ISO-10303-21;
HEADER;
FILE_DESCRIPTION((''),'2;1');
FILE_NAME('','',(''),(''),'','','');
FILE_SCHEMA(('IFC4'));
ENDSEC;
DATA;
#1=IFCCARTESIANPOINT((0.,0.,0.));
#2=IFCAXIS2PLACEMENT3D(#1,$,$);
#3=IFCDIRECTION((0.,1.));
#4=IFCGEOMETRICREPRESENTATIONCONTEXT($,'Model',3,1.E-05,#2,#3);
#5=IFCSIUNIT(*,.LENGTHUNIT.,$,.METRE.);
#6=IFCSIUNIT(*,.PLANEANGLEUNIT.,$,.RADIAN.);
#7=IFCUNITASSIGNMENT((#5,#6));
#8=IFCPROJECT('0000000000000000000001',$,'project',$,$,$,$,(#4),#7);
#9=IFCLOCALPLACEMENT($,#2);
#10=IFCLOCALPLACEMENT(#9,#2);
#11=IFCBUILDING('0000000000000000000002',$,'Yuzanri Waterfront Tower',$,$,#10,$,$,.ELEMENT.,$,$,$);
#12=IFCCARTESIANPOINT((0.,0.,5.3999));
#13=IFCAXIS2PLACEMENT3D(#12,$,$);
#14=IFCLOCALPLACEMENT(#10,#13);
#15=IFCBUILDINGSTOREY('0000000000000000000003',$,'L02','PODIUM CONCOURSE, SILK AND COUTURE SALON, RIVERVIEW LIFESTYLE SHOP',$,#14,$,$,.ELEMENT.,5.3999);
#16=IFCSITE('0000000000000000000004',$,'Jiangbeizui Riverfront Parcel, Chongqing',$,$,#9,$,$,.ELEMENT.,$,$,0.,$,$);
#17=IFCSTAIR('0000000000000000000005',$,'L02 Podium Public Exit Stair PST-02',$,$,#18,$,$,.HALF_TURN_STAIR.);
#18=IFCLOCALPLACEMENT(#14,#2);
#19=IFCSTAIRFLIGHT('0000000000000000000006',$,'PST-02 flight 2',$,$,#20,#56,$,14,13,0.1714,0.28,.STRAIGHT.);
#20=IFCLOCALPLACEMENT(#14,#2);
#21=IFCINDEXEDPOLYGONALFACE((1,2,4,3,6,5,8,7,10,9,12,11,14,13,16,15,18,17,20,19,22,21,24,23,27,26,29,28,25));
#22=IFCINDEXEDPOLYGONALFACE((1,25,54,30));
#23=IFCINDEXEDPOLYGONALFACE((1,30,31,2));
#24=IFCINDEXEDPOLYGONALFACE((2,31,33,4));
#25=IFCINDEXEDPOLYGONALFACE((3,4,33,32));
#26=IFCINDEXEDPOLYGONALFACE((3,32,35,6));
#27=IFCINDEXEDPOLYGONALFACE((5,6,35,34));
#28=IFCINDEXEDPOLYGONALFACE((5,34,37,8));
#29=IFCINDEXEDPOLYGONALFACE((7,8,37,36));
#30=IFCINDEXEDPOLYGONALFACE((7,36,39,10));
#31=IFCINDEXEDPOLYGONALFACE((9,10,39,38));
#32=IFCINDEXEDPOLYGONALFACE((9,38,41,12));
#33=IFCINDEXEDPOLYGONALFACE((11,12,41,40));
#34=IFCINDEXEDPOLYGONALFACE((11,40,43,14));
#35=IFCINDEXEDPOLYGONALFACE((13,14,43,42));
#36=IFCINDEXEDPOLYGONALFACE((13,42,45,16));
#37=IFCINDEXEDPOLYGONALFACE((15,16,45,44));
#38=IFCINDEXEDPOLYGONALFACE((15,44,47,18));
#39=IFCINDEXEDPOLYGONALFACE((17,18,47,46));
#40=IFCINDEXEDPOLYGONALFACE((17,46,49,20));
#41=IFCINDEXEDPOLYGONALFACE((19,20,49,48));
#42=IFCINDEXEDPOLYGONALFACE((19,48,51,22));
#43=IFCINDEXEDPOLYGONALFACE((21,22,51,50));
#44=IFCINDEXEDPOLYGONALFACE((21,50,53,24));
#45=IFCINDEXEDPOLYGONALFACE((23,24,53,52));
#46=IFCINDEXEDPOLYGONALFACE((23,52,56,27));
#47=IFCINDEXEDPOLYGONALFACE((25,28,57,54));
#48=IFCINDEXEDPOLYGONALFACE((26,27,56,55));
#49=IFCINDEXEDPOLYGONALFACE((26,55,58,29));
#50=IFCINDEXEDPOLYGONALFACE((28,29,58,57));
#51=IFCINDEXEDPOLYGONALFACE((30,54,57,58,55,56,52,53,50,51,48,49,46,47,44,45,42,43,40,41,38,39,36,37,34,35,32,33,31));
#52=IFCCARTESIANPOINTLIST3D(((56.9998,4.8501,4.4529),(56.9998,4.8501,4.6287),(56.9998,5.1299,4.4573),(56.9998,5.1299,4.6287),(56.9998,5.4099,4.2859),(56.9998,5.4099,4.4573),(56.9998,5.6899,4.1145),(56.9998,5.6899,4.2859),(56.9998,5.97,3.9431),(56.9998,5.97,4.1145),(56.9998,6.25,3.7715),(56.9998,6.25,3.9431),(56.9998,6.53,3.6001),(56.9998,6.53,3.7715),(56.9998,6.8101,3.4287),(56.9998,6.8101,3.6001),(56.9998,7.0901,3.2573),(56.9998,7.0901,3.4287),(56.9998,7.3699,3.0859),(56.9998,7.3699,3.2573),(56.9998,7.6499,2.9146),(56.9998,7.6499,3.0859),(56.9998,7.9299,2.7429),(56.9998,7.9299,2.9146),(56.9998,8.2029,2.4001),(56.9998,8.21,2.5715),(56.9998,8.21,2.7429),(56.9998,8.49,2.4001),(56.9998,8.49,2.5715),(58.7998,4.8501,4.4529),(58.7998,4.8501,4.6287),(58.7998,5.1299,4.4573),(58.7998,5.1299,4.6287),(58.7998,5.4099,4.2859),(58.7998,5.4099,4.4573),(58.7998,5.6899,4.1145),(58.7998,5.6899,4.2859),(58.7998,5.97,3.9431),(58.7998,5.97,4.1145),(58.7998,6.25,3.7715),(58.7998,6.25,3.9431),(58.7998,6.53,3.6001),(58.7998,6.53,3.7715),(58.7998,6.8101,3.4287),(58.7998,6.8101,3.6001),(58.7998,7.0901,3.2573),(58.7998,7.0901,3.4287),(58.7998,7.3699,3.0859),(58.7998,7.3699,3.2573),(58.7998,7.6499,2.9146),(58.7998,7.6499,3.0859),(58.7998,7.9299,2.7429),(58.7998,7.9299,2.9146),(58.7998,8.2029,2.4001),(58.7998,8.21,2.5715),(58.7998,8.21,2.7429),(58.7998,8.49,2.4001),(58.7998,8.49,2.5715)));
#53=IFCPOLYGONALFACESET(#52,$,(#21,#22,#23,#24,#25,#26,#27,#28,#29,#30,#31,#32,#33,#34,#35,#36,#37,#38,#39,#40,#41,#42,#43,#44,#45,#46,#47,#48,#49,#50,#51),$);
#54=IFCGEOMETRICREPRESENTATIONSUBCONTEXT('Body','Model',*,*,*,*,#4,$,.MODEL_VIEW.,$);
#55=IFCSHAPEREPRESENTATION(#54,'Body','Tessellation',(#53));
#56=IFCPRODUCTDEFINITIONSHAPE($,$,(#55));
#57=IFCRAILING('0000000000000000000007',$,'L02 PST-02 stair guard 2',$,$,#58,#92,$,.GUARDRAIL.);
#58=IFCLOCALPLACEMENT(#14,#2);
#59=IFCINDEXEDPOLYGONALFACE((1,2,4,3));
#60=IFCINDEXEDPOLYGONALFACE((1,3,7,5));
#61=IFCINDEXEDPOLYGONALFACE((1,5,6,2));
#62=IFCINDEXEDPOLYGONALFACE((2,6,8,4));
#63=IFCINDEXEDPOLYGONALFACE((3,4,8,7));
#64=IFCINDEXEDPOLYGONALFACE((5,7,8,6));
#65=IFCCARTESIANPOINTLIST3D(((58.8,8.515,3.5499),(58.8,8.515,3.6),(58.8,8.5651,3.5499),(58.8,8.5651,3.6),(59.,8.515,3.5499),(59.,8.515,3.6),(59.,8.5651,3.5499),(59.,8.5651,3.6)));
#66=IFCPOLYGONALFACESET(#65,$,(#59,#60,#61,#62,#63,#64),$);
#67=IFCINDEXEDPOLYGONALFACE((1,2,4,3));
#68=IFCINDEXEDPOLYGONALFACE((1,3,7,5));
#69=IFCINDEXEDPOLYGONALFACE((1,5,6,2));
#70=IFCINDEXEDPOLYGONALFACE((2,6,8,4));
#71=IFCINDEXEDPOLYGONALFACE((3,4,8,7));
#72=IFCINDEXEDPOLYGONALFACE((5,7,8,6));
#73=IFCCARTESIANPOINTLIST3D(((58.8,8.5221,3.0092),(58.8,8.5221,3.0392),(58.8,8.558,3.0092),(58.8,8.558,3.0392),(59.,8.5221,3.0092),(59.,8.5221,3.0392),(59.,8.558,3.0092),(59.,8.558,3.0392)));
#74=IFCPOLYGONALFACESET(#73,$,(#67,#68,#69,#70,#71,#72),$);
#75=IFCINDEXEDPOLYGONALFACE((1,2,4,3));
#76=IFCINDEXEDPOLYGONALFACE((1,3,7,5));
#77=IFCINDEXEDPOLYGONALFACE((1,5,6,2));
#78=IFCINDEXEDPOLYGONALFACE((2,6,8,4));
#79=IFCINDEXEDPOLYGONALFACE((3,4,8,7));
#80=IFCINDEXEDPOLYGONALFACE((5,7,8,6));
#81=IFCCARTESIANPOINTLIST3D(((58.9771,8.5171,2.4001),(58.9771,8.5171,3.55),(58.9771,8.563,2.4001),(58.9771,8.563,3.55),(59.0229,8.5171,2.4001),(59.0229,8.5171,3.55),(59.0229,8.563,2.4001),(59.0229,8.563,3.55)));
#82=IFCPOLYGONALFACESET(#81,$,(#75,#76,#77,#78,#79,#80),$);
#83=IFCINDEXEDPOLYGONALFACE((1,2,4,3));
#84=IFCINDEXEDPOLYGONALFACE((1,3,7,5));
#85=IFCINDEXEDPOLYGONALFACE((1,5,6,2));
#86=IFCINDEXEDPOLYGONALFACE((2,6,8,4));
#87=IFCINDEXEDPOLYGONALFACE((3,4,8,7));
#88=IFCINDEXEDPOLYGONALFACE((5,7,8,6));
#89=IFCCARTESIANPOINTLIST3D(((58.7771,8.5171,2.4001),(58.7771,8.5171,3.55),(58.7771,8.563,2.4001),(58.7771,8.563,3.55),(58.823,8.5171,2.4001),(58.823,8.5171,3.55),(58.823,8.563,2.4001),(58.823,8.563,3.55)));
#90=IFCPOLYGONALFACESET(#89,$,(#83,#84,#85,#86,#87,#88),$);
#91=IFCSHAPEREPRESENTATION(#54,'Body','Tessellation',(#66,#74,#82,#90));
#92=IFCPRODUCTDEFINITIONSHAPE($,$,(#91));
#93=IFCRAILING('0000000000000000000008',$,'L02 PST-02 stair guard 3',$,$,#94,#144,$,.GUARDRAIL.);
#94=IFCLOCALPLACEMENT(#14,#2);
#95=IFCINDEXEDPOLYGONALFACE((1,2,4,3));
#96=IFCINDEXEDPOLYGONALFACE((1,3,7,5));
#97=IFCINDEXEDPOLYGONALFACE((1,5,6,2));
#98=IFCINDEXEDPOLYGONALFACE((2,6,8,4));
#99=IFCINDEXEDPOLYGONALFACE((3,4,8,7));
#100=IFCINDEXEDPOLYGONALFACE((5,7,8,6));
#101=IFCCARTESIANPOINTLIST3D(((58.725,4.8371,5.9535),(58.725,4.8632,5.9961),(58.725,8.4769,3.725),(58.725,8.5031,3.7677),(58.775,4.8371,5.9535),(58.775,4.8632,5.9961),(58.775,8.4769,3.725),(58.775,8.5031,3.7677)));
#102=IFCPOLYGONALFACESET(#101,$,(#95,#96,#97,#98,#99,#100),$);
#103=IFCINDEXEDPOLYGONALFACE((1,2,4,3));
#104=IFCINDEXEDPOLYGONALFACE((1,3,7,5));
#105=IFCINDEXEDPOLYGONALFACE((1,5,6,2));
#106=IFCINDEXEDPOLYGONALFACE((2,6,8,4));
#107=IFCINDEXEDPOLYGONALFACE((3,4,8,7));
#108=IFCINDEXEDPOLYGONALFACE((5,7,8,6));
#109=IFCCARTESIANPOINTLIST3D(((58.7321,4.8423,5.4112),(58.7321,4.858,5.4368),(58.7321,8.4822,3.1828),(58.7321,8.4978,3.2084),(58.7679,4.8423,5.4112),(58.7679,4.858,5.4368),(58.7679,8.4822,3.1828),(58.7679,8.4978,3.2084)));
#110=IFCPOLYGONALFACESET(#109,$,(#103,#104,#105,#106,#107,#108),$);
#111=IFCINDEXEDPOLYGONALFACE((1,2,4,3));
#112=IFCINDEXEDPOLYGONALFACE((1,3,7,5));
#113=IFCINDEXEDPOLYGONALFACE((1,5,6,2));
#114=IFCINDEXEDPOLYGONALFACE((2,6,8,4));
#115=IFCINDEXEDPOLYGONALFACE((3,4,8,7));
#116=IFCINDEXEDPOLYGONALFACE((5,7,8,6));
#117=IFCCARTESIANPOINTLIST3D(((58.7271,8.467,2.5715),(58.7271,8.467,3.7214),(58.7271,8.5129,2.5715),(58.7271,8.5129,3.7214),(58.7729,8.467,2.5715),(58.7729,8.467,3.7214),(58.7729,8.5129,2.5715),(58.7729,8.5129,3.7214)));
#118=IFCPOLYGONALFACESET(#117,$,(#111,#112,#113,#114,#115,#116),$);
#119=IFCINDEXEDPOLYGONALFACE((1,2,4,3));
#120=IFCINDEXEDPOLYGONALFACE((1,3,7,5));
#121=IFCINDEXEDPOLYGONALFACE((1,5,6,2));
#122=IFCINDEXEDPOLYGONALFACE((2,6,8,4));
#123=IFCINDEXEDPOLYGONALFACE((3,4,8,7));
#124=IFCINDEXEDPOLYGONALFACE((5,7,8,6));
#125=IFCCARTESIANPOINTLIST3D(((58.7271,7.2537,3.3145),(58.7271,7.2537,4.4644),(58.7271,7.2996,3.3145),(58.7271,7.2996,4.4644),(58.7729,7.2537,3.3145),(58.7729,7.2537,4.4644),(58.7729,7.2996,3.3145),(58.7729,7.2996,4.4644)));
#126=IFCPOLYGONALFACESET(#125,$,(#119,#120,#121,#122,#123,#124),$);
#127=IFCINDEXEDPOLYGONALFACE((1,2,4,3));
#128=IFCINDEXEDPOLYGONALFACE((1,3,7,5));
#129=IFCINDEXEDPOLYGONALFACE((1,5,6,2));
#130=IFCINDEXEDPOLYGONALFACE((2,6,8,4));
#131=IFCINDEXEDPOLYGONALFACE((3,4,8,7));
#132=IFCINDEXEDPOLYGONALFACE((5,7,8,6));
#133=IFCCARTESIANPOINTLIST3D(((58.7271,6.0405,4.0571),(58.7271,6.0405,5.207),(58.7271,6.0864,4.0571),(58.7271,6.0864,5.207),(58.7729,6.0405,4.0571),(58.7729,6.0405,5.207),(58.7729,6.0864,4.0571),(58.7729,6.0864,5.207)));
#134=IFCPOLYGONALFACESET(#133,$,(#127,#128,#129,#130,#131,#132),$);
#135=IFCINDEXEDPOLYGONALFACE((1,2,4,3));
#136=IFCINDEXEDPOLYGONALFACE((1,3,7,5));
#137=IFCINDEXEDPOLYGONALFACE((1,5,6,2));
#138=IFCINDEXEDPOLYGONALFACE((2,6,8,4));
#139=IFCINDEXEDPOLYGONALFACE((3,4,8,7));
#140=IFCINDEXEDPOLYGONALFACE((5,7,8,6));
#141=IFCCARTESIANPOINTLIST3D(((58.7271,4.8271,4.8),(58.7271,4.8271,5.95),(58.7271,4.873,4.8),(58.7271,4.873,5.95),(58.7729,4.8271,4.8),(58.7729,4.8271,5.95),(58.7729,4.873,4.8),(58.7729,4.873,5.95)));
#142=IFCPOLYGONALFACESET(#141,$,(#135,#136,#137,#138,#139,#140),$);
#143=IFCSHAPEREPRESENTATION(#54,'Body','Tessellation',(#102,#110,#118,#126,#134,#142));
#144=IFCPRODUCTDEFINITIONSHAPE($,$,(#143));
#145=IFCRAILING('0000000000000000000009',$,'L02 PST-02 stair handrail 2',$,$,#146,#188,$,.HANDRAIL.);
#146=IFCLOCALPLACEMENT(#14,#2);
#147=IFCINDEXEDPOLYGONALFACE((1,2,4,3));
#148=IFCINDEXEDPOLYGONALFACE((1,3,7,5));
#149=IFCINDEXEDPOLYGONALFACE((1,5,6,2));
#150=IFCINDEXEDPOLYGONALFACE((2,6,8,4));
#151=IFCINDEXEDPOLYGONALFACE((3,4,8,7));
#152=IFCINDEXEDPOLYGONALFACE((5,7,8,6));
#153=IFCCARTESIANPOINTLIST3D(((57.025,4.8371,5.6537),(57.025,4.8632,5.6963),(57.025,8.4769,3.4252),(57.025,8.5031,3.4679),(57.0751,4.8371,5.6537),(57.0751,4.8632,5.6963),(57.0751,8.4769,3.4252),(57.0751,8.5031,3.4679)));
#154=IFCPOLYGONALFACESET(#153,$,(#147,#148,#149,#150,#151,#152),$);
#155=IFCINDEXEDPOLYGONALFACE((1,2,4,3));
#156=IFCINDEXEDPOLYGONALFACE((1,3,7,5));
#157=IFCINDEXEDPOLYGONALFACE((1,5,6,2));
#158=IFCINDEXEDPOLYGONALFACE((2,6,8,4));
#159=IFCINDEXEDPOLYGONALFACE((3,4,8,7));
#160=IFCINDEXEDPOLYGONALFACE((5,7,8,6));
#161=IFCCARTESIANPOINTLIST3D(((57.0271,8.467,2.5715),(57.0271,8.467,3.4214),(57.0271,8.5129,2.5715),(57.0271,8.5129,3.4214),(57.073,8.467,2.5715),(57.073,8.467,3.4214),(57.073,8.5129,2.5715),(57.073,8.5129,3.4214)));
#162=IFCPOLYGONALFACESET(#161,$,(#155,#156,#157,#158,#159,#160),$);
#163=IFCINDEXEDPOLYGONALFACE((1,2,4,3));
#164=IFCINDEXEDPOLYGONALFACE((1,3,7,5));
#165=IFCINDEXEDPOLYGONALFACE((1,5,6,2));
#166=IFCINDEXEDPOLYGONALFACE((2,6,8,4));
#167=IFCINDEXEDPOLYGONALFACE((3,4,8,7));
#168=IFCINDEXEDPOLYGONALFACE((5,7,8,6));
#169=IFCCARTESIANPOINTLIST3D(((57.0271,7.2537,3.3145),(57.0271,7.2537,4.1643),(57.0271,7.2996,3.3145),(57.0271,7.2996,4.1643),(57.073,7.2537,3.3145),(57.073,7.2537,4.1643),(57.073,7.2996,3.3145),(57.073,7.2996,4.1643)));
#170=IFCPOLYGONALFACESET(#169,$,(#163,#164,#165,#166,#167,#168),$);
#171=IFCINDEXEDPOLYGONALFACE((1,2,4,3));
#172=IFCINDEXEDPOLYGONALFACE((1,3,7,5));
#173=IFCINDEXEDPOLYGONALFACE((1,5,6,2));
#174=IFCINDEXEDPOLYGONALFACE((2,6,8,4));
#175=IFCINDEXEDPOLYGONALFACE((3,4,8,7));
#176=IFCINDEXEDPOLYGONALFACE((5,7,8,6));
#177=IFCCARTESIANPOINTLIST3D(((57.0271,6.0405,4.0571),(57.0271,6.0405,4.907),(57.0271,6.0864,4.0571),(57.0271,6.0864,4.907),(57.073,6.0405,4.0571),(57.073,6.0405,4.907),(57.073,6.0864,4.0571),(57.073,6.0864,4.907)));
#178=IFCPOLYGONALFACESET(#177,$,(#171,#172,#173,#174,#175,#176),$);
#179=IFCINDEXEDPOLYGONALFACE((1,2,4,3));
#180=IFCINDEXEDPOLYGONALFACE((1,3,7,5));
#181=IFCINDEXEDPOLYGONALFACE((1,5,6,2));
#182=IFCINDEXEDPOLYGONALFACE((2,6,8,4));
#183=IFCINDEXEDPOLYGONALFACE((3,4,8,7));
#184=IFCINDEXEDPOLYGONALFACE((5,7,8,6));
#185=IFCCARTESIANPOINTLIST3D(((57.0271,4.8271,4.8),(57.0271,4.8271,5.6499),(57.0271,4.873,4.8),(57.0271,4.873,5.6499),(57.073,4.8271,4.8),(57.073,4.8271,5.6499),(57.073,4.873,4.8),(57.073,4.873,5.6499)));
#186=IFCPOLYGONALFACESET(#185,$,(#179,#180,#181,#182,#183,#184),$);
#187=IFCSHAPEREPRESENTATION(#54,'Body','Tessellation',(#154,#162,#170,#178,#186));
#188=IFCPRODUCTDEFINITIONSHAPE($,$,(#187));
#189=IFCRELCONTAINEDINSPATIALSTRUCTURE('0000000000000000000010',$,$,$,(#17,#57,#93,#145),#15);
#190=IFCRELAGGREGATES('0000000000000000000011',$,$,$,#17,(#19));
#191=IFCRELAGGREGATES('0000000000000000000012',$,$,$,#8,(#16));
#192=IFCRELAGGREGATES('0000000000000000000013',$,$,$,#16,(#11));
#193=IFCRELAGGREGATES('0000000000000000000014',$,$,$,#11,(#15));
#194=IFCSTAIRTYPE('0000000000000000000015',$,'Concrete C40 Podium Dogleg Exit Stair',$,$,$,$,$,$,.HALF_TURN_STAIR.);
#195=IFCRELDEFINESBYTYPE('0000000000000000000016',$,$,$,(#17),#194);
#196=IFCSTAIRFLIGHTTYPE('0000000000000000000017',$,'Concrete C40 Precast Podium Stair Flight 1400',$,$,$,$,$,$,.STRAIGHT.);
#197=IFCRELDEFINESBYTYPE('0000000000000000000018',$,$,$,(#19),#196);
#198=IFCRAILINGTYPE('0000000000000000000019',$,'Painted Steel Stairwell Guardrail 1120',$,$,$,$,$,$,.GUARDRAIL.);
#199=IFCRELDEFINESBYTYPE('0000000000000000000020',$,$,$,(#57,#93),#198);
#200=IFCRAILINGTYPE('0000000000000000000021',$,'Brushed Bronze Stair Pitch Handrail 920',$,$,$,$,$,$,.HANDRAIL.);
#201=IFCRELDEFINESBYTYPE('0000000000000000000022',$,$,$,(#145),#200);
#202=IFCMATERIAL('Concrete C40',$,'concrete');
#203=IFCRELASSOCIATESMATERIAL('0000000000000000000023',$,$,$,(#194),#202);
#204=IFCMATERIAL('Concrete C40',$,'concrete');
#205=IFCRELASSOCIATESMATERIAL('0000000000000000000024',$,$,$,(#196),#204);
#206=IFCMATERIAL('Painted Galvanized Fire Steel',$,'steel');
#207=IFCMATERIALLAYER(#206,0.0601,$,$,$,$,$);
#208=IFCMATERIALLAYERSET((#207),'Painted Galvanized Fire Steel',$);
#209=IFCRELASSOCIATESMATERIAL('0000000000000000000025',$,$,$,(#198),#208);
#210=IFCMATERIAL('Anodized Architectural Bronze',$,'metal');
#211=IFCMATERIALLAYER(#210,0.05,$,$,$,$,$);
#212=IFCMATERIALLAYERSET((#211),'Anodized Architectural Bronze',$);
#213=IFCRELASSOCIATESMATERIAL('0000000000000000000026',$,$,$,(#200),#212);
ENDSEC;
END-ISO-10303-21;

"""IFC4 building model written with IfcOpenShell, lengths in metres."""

from ifc_helpers import new_model, si_unit, direction, frame, origin, origin_2d, place, context, subcontext, project, spatial, polyline, rectangle, outline, extrude, source, transform, mapped, material, layer, layer_set, type_object, element, aggregate, save


model = new_model("IFC4")

# Units and contexts
model_context = context("Model", 3, precision=1e-05, world=origin(), true_north=direction((0.0, 1.0)))
body_context = subcontext(model_context, "Body", "Model", "MODEL_VIEW")
ifc_project = project(units=[si_unit("LENGTHUNIT", "METRE"), si_unit("PLANEANGLEUNIT", "RADIAN")], contexts=[model_context])

# Site, building, storey
site_placement = place(None, origin())
site = spatial("IfcSite", under=ifc_project, at=site_placement, Name="Jiangbeizui Riverfront Parcel, Chongqing", CompositionType="ELEMENT", RefElevation=0.0)
building_placement = place(site_placement, origin())
building = spatial("IfcBuilding", under=site, at=building_placement, Name="Yuzanri Waterfront Tower", CompositionType="ELEMENT")
storey_placement = place(building_placement, frame((0.0, 0.0, 5.3999)))
storey = spatial("IfcBuildingStorey", under=building, at=storey_placement, Name="L02", Description="PODIUM CONCOURSE, SILK AND COUTURE SALON, RIVERVIEW LIFESTYLE SHOP", CompositionType="ELEMENT", Elevation=5.3999)

# Stair, stair flight
ifc_material_1 = material(Name="Concrete C40", Category="concrete")
stair_type = type_object("IfcStairType", Name="Concrete C40 Podium Dogleg Exit Stair", PredefinedType="HALF_TURN_STAIR", material=ifc_material_1)
stair_placement = place(storey_placement, origin())
stair = element("IfcStair", 1, at=stair_placement, inside=storey, type_object=stair_type, Name="L02 Podium Public Exit Stair PST-02", PredefinedType="HALF_TURN_STAIR")
ifc_material_2 = material(Name="Concrete C40", Category="concrete")
stair_flight_type = type_object("IfcStairFlightType", Name="Concrete C40 Precast Podium Stair Flight 1400", PredefinedType="STRAIGHT", material=ifc_material_2)
shared_shape_1 = source(origin(), body_context, "Body", "SweptSolid", [
    extrude(outline(polyline([(0.0, 0.0), (0.0, 0.1714), (0.28, 0.1714), (0.28, 0.3428), (0.5601, 0.3428), (0.5601, 0.5144), (0.8401, 0.5144), (0.8401, 0.6858), (1.1201, 0.6858), (1.1201, 0.8572), (1.3999, 0.8572), (1.3999, 1.0286), (1.6799, 1.0286), (1.6799, 1.2), (1.96, 1.2), (1.96, 1.3713), (2.24, 1.3713), (2.24, 1.543), (2.52, 1.543), (2.52, 1.7144), (2.8, 1.7144), (2.8, 1.8857), (3.0801, 1.8857), (3.0801, 2.0571), (3.3601, 2.0571), (3.3601, 2.2285), (3.6399, 2.2285), (3.6399, 2.3999), (3.6399, 2.0527), (0.2871, 0.0), (0.0, 0.0)])), frame((0.0, 0.8999, 0.0), z_axis=(0.0, -1.0, 0.0), x_axis=(1.0, 0.0, 0.0)), (0.0, 0.0, 1.0), 1.8),
])
stair_flight_placement = place(storey_placement, frame((57.8999, 8.49, 2.4001), z_axis=(0.0, 0.0, 1.0), x_axis=(0.0, -1.0, 0.0)))
stair_flight = element("IfcStairFlight", 2, at=stair_flight_placement, type_object=stair_flight_type, Name="PST-02 flight 2", NumberOfRisers=14, NumberOfTreads=13, PredefinedType="STRAIGHT", RiserHeight=0.1714, TreadLength=0.28, context=body_context, shape_type="MappedRepresentation", body=[
    mapped(shared_shape_1, transform((0.0, 0.0, 0.0), scale=1.0)),
])
aggregate(stair, [stair_flight])

# Railings
ifc_material_3 = material(Name="Painted Galvanized Fire Steel", Category="steel")
ifc_layer_1 = layer(ifc_material_3, 0.0601)
ifc_layer_set_1 = layer_set([ifc_layer_1], Name="Painted Galvanized Fire Steel")
railing_type_1 = type_object("IfcRailingType", Name="Painted Steel Stairwell Guardrail 1120", PredefinedType="GUARDRAIL", material=ifc_layer_set_1)
shared_shape_2 = source(origin(), body_context, "Body", "SweptSolid", [
    extrude(rectangle(XDim=0.05, YDim=0.05, at=origin_2d()), frame((0.0, 0.0, 1.1748), z_axis=(-1.0, 0.0, 0.0), x_axis=(0.0, -1.0, 0.0)), (0.0, 0.0, 1.0), 0.2),
    extrude(rectangle(XDim=0.0359, YDim=0.03, at=origin_2d()), frame((0.0, 0.0, 0.624), z_axis=(-1.0, 0.0, 0.0), x_axis=(0.0, -1.0, 0.0)), (0.0, 0.0, 1.0), 0.2),
    extrude(rectangle(XDim=0.0459, YDim=0.0459, at=origin_2d()), origin(), (0.0, 0.0, 1.0), 1.1499),
    extrude(rectangle(XDim=0.0459, YDim=0.0459, at=origin_2d()), frame((-0.2, 0.0, 0.0)), (0.0, 0.0, 1.0), 1.1499),
])
railing_1_placement = place(storey_placement, frame((59.0, 8.54, 2.4001)))
element("IfcRailing", 3, at=railing_1_placement, inside=storey, type_object=railing_type_1, Name="L02 PST-02 stair guard 2", PredefinedType="GUARDRAIL", context=body_context, shape_type="MappedRepresentation", body=[
    mapped(shared_shape_2, transform((0.0, 0.0, 0.0), scale=1.0)),
])
shared_shape_3 = source(origin(), body_context, "Body", "SweptSolid", [
    extrude(rectangle(XDim=0.05, YDim=0.05, at=origin_2d()), frame((0.0, 0.0, 1.1748), z_axis=(0.0, -0.85285, 0.522156), x_axis=(1.0, 0.0, 0.0)), (0.0, 0.0, 1.0), 4.2678),
    extrude(rectangle(XDim=0.0359, YDim=0.03, at=origin_2d()), frame((0.0, 0.0, 0.624), z_axis=(0.0, -0.85285, 0.522156), x_axis=(1.0, 0.0, 0.0)), (0.0, 0.0, 1.0), 4.2678),
    extrude(rectangle(XDim=0.0459, YDim=0.0459, at=origin_2d()), origin(), (0.0, 0.0, 1.0), 1.1499),
    extrude(rectangle(XDim=0.0459, YDim=0.0459, at=origin_2d()), frame((0.0, -1.2134, 0.7429)), (0.0, 0.0, 1.0), 1.1499),
    extrude(rectangle(XDim=0.0459, YDim=0.0459, at=origin_2d()), frame((0.0, -2.4265, 1.4856)), (0.0, 0.0, 1.0), 1.1499),
    extrude(rectangle(XDim=0.0459, YDim=0.0459, at=origin_2d()), frame((0.0, -3.6399, 2.2285)), (0.0, 0.0, 1.0), 1.1499),
])
railing_2_placement = place(storey_placement, frame((58.75, 8.49, 2.5715)))
element("IfcRailing", 4, at=railing_2_placement, inside=storey, type_object=railing_type_1, Name="L02 PST-02 stair guard 3", PredefinedType="GUARDRAIL", context=body_context, shape_type="MappedRepresentation", body=[
    mapped(shared_shape_3, transform((0.0, 0.0, 0.0), scale=1.0)),
])
ifc_material_4 = material(Name="Anodized Architectural Bronze", Category="metal")
ifc_layer_2 = layer(ifc_material_4, 0.05)
ifc_layer_set_2 = layer_set([ifc_layer_2], Name="Anodized Architectural Bronze")
railing_type_2 = type_object("IfcRailingType", Name="Brushed Bronze Stair Pitch Handrail 920", PredefinedType="HANDRAIL", material=ifc_layer_set_2)
shared_shape_4 = source(origin(), body_context, "Body", "SweptSolid", [
    extrude(rectangle(XDim=0.05, YDim=0.05, at=origin_2d()), frame((0.0, 0.0, 0.875), z_axis=(0.0, -0.85285, 0.522156), x_axis=(1.0, 0.0, 0.0)), (0.0, 0.0, 1.0), 4.2678),
    extrude(rectangle(XDim=0.0459, YDim=0.0459, at=origin_2d()), origin(), (0.0, 0.0, 1.0), 0.8499),
    extrude(rectangle(XDim=0.0459, YDim=0.0459, at=origin_2d()), frame((0.0, -1.2134, 0.7429)), (0.0, 0.0, 1.0), 0.8499),
    extrude(rectangle(XDim=0.0459, YDim=0.0459, at=origin_2d()), frame((0.0, -2.4265, 1.4856)), (0.0, 0.0, 1.0), 0.8499),
    extrude(rectangle(XDim=0.0459, YDim=0.0459, at=origin_2d()), frame((0.0, -3.6399, 2.2285)), (0.0, 0.0, 1.0), 0.8499),
])
railing_3_placement = place(storey_placement, frame((57.05, 8.49, 2.5715)))
element("IfcRailing", 5, at=railing_3_placement, inside=storey, type_object=railing_type_2, Name="L02 PST-02 stair handrail 2", PredefinedType="HANDRAIL", context=body_context, shape_type="MappedRepresentation", body=[
    mapped(shared_shape_4, transform((0.0, 0.0, 0.0), scale=1.0)),
])

save(model, "model.ifc")
